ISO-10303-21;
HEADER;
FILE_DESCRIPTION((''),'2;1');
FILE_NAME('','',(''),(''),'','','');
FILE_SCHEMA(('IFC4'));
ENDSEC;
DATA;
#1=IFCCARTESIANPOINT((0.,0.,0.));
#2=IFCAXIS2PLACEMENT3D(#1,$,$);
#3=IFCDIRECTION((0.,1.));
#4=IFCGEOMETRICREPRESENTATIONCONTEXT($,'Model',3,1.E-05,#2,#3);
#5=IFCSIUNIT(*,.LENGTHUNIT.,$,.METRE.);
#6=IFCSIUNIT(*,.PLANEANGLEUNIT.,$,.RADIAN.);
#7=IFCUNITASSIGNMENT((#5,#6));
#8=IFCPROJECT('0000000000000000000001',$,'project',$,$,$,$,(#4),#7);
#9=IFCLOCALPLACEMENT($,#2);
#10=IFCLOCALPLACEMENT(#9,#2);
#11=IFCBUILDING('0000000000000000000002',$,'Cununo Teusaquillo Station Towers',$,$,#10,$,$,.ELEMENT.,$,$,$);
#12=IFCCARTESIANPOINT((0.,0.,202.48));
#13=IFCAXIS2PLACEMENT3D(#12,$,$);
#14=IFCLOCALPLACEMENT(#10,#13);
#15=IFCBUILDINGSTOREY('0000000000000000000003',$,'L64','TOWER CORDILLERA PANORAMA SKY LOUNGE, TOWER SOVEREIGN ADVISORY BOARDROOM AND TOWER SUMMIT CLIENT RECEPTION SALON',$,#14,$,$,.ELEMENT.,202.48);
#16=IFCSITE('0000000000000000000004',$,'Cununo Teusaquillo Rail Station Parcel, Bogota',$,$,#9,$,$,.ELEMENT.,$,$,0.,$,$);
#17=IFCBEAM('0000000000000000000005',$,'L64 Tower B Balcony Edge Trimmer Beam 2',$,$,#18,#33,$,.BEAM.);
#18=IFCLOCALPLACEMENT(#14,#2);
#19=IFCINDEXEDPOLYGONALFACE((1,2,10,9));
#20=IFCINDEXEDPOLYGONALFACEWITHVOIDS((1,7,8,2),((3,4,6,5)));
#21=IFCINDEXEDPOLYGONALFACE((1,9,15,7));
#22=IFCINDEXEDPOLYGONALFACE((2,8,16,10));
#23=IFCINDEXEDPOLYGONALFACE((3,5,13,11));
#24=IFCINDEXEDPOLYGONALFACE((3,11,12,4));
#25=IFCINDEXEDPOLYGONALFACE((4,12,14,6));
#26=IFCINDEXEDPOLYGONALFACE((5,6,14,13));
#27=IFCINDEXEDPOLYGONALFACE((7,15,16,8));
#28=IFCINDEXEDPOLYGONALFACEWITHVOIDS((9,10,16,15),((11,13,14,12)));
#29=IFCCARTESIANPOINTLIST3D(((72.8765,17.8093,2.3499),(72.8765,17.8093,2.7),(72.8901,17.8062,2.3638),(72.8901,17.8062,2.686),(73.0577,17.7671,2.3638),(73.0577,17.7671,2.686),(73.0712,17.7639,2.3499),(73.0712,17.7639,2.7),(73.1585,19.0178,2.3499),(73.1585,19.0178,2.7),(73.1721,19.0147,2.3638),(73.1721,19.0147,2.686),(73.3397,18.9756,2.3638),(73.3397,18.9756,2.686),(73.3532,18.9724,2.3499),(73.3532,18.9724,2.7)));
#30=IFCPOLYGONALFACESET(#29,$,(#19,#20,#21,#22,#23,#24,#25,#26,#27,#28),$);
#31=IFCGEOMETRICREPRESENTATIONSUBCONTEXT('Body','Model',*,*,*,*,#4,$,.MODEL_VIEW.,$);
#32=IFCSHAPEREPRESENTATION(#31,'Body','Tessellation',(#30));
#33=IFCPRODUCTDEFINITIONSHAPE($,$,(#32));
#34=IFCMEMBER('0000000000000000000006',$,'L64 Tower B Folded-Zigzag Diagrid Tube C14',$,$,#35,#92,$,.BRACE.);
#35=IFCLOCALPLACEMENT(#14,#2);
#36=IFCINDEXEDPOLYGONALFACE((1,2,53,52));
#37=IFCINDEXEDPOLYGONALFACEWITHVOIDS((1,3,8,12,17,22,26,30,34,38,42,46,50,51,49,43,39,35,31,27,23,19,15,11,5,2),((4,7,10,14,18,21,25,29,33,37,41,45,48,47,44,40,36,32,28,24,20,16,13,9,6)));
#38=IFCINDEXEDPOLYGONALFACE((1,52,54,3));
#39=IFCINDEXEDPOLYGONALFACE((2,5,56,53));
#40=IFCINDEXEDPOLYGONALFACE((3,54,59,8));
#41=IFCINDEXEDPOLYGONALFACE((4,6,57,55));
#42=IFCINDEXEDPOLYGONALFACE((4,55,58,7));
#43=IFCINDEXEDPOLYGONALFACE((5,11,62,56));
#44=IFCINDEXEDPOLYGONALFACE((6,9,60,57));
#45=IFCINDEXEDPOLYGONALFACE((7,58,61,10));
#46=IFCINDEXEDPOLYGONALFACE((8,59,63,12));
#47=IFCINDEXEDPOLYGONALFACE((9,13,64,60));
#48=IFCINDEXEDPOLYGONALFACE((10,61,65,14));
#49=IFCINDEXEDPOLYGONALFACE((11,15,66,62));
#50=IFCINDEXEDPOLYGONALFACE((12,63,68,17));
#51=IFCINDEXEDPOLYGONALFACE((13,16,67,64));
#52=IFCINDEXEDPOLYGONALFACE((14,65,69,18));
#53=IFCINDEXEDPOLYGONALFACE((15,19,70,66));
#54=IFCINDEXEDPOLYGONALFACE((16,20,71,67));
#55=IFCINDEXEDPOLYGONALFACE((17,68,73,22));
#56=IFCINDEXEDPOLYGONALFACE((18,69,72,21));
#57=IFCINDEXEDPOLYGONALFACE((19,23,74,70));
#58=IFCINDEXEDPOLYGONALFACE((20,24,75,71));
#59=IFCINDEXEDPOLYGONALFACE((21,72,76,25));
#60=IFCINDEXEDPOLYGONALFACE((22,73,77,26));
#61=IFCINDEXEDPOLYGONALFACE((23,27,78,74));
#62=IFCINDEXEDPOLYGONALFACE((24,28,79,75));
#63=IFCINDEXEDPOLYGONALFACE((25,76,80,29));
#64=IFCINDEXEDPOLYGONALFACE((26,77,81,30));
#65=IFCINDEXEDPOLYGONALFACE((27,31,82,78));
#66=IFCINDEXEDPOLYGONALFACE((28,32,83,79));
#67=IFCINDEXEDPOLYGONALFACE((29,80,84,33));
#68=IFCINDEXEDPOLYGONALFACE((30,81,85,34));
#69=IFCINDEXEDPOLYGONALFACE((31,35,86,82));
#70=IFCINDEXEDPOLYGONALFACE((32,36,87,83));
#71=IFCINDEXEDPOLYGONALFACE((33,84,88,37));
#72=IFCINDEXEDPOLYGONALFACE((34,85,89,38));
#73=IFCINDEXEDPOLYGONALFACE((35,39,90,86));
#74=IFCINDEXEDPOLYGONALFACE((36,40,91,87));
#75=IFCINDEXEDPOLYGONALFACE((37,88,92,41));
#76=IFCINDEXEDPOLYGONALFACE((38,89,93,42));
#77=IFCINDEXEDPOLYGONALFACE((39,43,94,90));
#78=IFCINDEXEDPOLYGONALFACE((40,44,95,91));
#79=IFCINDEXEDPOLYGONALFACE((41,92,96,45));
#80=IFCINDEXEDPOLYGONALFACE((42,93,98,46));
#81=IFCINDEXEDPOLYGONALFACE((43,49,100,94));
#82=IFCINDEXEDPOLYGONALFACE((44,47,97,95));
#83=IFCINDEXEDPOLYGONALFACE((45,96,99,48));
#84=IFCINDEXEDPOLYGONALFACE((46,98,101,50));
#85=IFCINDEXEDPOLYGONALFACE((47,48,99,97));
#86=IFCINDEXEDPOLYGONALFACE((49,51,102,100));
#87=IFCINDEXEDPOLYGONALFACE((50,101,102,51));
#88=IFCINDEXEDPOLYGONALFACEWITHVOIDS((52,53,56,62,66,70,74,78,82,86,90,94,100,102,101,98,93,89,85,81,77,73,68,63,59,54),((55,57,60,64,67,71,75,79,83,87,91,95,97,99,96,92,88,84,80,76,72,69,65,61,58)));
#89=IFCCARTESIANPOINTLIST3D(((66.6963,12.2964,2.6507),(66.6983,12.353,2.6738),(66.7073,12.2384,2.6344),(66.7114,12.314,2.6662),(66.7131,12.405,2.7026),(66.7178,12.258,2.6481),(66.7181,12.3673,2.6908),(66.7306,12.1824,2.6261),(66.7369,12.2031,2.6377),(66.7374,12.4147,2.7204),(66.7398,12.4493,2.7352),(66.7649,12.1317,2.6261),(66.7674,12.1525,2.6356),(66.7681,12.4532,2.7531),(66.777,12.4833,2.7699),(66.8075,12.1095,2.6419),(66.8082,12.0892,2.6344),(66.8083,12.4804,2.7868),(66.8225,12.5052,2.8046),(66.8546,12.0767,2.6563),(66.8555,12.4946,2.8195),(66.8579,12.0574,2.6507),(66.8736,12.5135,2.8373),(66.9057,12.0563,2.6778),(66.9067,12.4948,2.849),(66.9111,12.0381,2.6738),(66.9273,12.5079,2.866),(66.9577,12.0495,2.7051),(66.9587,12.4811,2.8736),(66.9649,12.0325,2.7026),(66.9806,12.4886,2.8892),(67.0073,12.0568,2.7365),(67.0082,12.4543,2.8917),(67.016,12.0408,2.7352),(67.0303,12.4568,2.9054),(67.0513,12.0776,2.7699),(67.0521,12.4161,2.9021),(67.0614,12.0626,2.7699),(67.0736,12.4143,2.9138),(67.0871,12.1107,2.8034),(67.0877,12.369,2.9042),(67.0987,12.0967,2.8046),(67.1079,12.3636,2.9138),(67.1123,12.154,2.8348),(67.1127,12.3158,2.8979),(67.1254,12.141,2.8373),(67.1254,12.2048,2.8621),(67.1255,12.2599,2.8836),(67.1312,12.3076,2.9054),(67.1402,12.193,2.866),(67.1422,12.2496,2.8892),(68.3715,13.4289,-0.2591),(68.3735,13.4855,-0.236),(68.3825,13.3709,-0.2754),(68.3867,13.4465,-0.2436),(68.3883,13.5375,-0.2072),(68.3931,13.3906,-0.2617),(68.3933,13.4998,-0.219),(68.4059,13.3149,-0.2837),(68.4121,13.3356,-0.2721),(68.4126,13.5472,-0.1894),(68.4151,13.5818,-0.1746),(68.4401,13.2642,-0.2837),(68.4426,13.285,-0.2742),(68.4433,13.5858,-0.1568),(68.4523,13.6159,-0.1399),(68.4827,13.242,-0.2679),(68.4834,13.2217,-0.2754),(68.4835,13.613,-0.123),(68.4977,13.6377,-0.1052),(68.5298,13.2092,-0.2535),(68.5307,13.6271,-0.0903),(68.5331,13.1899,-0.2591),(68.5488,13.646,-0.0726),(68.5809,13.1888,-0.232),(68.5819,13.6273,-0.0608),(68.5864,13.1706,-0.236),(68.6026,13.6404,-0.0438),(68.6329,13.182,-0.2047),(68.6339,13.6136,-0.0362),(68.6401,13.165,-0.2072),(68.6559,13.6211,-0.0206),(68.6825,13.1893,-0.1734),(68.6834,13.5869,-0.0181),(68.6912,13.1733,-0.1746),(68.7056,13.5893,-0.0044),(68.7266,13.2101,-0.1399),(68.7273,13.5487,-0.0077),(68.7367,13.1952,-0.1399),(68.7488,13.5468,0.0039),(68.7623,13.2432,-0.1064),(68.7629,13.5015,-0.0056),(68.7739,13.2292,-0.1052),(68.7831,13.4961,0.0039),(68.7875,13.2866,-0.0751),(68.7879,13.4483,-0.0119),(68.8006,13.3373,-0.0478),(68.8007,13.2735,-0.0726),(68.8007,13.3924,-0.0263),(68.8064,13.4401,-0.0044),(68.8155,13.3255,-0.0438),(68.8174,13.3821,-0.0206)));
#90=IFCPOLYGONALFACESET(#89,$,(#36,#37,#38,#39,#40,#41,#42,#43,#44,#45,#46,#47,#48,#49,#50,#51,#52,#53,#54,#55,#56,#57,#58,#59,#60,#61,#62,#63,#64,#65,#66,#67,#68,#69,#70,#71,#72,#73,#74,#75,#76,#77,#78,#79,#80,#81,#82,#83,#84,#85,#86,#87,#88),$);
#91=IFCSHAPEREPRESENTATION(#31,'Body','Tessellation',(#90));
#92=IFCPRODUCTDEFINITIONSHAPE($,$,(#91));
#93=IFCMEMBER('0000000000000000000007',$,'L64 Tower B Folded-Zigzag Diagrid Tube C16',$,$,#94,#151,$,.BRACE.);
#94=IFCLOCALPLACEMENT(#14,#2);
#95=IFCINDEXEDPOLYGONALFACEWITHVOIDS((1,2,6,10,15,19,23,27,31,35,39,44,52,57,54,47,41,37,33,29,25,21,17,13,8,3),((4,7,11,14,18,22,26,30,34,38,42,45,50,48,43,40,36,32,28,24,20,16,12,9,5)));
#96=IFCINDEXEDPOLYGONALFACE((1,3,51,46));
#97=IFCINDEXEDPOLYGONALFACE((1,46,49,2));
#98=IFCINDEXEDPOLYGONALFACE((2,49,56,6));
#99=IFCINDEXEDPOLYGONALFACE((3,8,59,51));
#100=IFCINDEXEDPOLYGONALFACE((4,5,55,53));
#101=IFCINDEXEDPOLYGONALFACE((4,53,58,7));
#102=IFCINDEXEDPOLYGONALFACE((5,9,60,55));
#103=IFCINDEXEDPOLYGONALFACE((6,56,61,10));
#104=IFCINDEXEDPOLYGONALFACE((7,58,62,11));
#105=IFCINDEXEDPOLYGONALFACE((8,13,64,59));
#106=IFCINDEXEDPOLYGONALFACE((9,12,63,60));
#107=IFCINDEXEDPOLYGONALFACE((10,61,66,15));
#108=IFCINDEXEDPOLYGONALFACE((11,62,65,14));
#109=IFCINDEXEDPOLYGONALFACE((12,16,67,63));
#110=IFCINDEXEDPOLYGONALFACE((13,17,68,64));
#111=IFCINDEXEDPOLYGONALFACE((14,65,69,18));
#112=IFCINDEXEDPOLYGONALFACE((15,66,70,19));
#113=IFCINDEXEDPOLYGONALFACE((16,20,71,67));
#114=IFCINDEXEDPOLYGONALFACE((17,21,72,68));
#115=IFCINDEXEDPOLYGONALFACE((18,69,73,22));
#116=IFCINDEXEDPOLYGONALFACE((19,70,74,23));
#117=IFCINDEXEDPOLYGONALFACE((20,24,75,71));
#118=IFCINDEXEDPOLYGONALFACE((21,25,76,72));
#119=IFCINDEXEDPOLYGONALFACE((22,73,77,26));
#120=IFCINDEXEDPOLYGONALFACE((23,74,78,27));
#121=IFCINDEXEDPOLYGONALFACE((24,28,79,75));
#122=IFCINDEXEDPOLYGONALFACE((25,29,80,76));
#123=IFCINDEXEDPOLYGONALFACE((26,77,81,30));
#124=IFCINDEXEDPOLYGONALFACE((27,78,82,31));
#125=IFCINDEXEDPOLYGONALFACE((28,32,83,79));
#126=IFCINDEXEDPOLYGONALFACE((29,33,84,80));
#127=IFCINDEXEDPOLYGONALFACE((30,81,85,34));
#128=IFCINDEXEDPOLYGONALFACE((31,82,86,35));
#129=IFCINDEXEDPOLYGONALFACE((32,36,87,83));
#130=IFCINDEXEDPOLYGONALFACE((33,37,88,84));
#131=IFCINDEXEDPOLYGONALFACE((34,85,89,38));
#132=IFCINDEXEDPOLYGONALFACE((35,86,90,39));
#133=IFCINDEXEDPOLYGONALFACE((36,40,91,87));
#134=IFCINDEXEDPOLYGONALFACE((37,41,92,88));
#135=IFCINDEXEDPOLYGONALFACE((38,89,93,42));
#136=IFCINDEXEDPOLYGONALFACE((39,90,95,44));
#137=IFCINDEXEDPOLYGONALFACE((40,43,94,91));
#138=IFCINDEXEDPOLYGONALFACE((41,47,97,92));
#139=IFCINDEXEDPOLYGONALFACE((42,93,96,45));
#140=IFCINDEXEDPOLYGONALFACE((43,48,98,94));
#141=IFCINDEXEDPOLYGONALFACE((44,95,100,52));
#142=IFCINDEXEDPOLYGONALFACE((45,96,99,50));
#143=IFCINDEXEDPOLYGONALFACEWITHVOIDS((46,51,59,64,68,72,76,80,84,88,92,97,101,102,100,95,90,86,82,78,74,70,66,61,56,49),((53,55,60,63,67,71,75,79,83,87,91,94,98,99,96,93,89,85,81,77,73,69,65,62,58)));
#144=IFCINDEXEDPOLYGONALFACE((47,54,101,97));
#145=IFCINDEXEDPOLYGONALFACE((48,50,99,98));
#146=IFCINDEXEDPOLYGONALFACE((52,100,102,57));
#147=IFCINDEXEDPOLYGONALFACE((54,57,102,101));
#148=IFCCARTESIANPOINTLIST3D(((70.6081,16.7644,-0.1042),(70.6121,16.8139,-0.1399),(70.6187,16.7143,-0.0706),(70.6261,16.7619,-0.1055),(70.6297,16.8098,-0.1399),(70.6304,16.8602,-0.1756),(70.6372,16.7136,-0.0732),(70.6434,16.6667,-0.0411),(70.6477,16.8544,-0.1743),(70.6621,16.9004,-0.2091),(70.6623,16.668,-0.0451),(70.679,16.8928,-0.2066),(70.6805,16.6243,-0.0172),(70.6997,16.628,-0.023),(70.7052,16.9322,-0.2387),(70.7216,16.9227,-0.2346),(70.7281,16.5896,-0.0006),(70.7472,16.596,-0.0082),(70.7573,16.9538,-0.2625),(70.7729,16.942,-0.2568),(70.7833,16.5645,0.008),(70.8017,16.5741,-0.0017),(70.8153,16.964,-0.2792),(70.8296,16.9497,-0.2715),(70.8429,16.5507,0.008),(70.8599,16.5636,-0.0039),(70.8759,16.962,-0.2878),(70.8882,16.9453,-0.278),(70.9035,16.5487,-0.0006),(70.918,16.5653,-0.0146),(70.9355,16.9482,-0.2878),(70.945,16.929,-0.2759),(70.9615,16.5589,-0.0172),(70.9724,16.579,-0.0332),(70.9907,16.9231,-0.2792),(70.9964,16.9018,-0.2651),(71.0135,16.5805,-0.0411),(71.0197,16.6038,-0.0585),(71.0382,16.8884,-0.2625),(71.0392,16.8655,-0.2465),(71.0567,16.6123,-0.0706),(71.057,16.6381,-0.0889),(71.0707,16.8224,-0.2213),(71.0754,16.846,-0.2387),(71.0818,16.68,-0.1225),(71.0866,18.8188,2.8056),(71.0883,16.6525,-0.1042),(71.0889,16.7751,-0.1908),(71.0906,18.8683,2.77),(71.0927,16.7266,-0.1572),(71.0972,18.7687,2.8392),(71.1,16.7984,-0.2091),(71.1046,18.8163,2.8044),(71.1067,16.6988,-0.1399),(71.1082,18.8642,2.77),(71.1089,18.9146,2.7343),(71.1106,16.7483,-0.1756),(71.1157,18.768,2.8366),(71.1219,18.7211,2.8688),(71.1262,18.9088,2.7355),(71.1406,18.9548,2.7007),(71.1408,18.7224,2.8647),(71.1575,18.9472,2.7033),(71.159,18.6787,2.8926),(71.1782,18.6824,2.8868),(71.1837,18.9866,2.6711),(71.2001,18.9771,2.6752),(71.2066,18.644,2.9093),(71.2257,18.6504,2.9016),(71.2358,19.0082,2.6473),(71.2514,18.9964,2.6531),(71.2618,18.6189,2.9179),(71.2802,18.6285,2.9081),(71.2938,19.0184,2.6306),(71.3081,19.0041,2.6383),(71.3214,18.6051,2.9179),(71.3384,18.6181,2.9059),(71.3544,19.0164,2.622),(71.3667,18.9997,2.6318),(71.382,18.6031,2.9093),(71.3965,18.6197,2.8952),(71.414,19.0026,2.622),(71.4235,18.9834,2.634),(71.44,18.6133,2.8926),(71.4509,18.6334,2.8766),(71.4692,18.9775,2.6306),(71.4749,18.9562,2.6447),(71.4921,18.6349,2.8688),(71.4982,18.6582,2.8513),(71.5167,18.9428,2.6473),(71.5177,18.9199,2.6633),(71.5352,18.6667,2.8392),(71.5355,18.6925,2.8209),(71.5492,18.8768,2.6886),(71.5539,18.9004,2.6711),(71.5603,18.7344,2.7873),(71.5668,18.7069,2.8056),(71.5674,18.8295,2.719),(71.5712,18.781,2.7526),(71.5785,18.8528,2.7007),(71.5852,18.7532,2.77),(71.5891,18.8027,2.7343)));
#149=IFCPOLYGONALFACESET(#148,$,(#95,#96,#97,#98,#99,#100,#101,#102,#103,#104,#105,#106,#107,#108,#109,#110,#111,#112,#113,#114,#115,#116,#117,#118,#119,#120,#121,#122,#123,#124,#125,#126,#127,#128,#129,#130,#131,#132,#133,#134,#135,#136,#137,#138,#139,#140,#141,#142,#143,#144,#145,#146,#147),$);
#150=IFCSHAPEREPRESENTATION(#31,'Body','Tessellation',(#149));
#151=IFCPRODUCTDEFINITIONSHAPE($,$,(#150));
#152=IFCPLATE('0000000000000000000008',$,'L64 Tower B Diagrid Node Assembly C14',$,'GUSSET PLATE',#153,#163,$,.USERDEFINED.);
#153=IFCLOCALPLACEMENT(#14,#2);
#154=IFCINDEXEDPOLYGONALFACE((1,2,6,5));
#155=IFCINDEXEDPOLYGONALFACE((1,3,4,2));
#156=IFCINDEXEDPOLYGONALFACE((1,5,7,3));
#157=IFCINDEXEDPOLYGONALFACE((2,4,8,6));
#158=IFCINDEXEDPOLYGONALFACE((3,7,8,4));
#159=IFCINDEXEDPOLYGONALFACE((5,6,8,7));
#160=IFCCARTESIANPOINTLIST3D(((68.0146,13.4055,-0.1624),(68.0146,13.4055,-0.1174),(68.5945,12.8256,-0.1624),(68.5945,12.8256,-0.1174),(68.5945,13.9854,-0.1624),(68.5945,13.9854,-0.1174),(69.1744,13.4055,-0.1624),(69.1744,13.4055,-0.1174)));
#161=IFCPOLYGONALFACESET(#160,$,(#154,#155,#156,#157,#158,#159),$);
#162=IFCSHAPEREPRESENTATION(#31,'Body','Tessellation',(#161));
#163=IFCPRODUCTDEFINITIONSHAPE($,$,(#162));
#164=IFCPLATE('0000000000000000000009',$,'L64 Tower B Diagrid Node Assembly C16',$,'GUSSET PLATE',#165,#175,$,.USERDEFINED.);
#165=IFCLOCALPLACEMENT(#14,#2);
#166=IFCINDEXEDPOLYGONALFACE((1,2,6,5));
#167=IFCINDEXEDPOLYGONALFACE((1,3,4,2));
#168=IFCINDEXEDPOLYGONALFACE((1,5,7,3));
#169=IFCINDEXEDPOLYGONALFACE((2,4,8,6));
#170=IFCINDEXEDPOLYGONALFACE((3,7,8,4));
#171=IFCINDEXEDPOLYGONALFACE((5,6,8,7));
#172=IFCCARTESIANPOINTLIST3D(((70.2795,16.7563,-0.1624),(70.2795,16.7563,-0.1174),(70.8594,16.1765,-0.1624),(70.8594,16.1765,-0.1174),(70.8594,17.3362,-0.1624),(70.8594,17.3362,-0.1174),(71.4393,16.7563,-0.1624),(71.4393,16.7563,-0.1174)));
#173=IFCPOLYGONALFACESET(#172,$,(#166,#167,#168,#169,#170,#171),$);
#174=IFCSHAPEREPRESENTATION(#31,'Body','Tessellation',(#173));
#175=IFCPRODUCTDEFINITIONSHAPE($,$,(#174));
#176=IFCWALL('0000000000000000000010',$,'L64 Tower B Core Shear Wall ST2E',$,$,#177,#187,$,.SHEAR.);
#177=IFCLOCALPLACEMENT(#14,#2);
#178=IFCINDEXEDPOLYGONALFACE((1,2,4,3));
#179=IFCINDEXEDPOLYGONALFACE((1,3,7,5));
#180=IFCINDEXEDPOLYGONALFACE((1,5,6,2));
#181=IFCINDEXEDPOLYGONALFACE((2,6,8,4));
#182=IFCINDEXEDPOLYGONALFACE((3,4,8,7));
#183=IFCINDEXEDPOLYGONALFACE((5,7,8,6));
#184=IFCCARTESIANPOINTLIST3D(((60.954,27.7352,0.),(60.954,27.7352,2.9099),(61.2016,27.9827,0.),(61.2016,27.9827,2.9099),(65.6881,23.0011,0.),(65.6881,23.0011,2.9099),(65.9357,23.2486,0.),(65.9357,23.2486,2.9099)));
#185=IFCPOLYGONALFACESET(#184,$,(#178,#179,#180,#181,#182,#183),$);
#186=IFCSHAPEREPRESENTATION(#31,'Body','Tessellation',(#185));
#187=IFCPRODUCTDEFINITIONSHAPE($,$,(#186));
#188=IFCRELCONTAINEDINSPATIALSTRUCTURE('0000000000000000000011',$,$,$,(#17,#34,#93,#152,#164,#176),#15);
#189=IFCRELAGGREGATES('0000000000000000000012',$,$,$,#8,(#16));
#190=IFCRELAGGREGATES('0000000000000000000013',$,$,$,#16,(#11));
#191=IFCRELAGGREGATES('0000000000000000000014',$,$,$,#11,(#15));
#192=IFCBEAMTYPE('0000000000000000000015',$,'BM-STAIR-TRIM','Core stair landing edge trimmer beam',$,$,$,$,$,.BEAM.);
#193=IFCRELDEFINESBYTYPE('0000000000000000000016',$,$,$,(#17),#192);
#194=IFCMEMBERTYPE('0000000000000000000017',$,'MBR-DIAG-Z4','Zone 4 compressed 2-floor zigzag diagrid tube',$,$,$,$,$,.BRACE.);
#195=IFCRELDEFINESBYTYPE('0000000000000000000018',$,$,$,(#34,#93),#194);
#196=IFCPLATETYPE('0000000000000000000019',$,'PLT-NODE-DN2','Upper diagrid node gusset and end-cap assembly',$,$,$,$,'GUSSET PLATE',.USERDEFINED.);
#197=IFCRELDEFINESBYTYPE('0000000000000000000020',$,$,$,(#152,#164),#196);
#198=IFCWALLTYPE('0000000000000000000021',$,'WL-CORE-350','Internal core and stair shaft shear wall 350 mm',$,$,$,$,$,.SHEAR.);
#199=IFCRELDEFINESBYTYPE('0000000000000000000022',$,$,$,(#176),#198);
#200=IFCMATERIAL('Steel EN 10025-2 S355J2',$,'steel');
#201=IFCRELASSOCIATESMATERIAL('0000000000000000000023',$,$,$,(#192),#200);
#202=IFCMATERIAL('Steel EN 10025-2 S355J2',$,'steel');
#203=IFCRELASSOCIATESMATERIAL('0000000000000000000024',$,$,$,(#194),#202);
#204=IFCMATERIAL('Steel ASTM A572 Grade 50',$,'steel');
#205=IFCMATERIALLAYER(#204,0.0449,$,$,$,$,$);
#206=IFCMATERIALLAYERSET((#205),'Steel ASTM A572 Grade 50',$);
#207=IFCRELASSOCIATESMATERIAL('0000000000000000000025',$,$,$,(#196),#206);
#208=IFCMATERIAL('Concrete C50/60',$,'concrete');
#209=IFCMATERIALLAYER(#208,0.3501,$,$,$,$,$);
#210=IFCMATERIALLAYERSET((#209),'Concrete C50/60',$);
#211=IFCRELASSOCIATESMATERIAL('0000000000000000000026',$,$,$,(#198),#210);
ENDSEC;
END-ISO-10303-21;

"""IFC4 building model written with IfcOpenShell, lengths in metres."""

from ifc_helpers import new_model, si_unit, direction, frame, frame_2d, origin, origin_2d, place, context, subcontext, project, spatial, rectangle, hollow_rectangle, hollow_circle, extrude, source, transform, mapped, material, layer, layer_set, material_profile, profile_set, type_object, element, save


model = new_model("IFC4")

# Units and contexts
model_context = context("Model", 3, precision=1e-05, world=origin(), true_north=direction((0.0, 1.0)))
body_context = subcontext(model_context, "Body", "Model", "MODEL_VIEW")
ifc_project = project(units=[si_unit("LENGTHUNIT", "METRE"), si_unit("PLANEANGLEUNIT", "RADIAN")], contexts=[model_context])

# Site, building, storey
site_placement = place(None, origin())
site = spatial("IfcSite", under=ifc_project, at=site_placement, Name="Cununo Teusaquillo Rail Station Parcel, Bogota", CompositionType="ELEMENT", RefElevation=0.0)
building_placement = place(site_placement, origin())
building = spatial("IfcBuilding", under=site, at=building_placement, Name="Cununo Teusaquillo Station Towers", CompositionType="ELEMENT")
storey_placement = place(building_placement, frame((0.0, 0.0, 202.48)))
storey = spatial("IfcBuildingStorey", under=building, at=storey_placement, Name="L64", Description="TOWER CORDILLERA PANORAMA SKY LOUNGE, TOWER SOVEREIGN ADVISORY BOARDROOM AND TOWER SUMMIT CLIENT RECEPTION SALON", CompositionType="ELEMENT", Elevation=202.48)

# Beam
ifc_material_1 = material(Name="Steel EN 10025-2 S355J2", Category="steel")
ifc_material_profile_1 = material_profile(ifc_material_1, hollow_rectangle(XDim=0.2, YDim=0.3501, WallThickness=0.0139, at=origin_2d()), Name="RHS 350x200x14")
ifc_profile_set_1 = profile_set([ifc_material_profile_1], Name="Steel EN 10025-2 S355J2")
beam_type_1 = type_object("IfcBeamType", Name="BM-STAIR-TRIM", Description="Core stair landing edge trimmer beam", PredefinedType="BEAM", material=ifc_profile_set_1)
beam_1_placement = place(storey_placement, frame((72.9739, 17.7866, 2.5249), z_axis=(0.22723, 0.973841, 0.0), x_axis=(-0.973841, 0.22723, 0.0)))
element("IfcBeam", 1, at=beam_1_placement, inside=storey, type_object=beam_type_1, Name="L64 Tower B Balcony Edge Trimmer Beam 2", PredefinedType="BEAM", context=body_context, shape_type="SweptSolid", body=[
    extrude(hollow_rectangle(XDim=0.2, YDim=0.3501, WallThickness=0.0139, at=origin_2d()), origin(), (0.0, 0.0, 1.0), 1.241),
])

# Members
ifc_material_2 = material(Name="Steel EN 10025-2 S355J2", Category="steel")
ifc_material_profile_2 = material_profile(ifc_material_2, hollow_circle(Radius=0.2539, WallThickness=0.0181, at=origin_2d()), Name="CHS 508x18")
ifc_profile_set_2 = profile_set([ifc_material_profile_2], Name="Steel EN 10025-2 S355J2")
member_type = type_object("IfcMemberType", Name="MBR-DIAG-Z4", Description="Zone 4 compressed 2-floor zigzag diagrid tube", PredefinedType="BRACE", material=ifc_profile_set_2)
member_1_placement = place(storey_placement, frame((68.5945, 13.4055, -0.1399), z_axis=(-0.472769, -0.319612, 0.82118), x_axis=(0.560066, -0.828448, 0.0)))
element("IfcMember", 2, at=member_1_placement, inside=storey, type_object=member_type, Name="L64 Tower B Folded-Zigzag Diagrid Tube C14", PredefinedType="BRACE", context=body_context, shape_type="SweptSolid", body=[
    extrude(hollow_circle(Radius=0.2539, WallThickness=0.0181, at=origin_2d()), origin(), (0.0, 0.0, 1.0), 3.5435),
])
member_2_placement = place(storey_placement, frame((70.8594, 16.7563, -0.1399), z_axis=(0.133141, 0.571621, 0.809644), x_axis=(-0.973931, 0.226845, 0.0)))
element("IfcMember", 3, at=member_2_placement, inside=storey, type_object=member_type, Name="L64 Tower B Folded-Zigzag Diagrid Tube C16", PredefinedType="BRACE", context=body_context, shape_type="SweptSolid", body=[
    extrude(hollow_circle(Radius=0.2539, WallThickness=0.0181, at=origin_2d()), origin(), (0.0, 0.0, 1.0), 3.594),
])

# Plates
ifc_material_3 = material(Name="Steel ASTM A572 Grade 50", Category="steel")
ifc_layer_1 = layer(ifc_material_3, 0.0449)
ifc_layer_set_1 = layer_set([ifc_layer_1], Name="Steel ASTM A572 Grade 50")
plate_type = type_object("IfcPlateType", Name="PLT-NODE-DN2", Description="Upper diagrid node gusset and end-cap assembly", ElementType="GUSSET PLATE", PredefinedType="USERDEFINED", material=ifc_layer_set_1)
shared_shape_1 = source(origin(), body_context, "Body", "SweptSolid", [
    extrude(rectangle(XDim=0.8201, YDim=0.8201, at=origin_2d()), origin(), (0.0, 0.0, 1.0), 0.0449),
])
for number, where, z_axis, x_axis, name in (
    (4, (68.5945, 13.4055, -0.1624), (0.0, 0.0, 1.0), (0.707107, 0.707107, 0.0), "L64 Tower B Diagrid Node Assembly C14"),
    (5, (70.8594, 16.7563, -0.1624), (0.0, 0.0, 1.0), (0.707107, 0.707107, 0.0), "L64 Tower B Diagrid Node Assembly C16"),
):
    element("IfcPlate", number, at=place(storey_placement, frame(where, z_axis=z_axis, x_axis=x_axis)), inside=storey, type_object=plate_type, Name=name, ObjectType="GUSSET PLATE", PredefinedType="USERDEFINED", context=body_context, shape_type="MappedRepresentation", body=[
        mapped(shared_shape_1, transform((0.0, 0.0, 0.0), x_axis=(1.0, 0.0, 0.0), y_axis=(0.0, 1.0, 0.0), z_axis=(0.0, 0.0, 1.0), scale=1.0)),
    ])

# Wall
ifc_material_4 = material(Name="Concrete C50/60", Category="concrete")
ifc_layer_2 = layer(ifc_material_4, 0.3501)
ifc_layer_set_2 = layer_set([ifc_layer_2], Name="Concrete C50/60")
wall_type_1 = type_object("IfcWallType", Name="WL-CORE-350", Description="Internal core and stair shaft shear wall 350 mm", PredefinedType="SHEAR", material=ifc_layer_set_2)
wall_1_placement = place(storey_placement, frame((65.812, 23.1248, 0.0), z_axis=(0.0, 0.0, 1.0), x_axis=(-0.707107, 0.707107, 0.0)))
element("IfcWall", 6, at=wall_1_placement, inside=storey, type_object=wall_type_1, Name="L64 Tower B Core Shear Wall ST2E", PredefinedType="SHEAR", context=body_context, shape_type="SweptSolid", body=[
    extrude(rectangle(XDim=6.6951, YDim=0.3501, at=frame_2d((3.3477, 0.0))), origin(), (0.0, 0.0, 1.0), 2.9099),
])

save(model, "model.ifc")
